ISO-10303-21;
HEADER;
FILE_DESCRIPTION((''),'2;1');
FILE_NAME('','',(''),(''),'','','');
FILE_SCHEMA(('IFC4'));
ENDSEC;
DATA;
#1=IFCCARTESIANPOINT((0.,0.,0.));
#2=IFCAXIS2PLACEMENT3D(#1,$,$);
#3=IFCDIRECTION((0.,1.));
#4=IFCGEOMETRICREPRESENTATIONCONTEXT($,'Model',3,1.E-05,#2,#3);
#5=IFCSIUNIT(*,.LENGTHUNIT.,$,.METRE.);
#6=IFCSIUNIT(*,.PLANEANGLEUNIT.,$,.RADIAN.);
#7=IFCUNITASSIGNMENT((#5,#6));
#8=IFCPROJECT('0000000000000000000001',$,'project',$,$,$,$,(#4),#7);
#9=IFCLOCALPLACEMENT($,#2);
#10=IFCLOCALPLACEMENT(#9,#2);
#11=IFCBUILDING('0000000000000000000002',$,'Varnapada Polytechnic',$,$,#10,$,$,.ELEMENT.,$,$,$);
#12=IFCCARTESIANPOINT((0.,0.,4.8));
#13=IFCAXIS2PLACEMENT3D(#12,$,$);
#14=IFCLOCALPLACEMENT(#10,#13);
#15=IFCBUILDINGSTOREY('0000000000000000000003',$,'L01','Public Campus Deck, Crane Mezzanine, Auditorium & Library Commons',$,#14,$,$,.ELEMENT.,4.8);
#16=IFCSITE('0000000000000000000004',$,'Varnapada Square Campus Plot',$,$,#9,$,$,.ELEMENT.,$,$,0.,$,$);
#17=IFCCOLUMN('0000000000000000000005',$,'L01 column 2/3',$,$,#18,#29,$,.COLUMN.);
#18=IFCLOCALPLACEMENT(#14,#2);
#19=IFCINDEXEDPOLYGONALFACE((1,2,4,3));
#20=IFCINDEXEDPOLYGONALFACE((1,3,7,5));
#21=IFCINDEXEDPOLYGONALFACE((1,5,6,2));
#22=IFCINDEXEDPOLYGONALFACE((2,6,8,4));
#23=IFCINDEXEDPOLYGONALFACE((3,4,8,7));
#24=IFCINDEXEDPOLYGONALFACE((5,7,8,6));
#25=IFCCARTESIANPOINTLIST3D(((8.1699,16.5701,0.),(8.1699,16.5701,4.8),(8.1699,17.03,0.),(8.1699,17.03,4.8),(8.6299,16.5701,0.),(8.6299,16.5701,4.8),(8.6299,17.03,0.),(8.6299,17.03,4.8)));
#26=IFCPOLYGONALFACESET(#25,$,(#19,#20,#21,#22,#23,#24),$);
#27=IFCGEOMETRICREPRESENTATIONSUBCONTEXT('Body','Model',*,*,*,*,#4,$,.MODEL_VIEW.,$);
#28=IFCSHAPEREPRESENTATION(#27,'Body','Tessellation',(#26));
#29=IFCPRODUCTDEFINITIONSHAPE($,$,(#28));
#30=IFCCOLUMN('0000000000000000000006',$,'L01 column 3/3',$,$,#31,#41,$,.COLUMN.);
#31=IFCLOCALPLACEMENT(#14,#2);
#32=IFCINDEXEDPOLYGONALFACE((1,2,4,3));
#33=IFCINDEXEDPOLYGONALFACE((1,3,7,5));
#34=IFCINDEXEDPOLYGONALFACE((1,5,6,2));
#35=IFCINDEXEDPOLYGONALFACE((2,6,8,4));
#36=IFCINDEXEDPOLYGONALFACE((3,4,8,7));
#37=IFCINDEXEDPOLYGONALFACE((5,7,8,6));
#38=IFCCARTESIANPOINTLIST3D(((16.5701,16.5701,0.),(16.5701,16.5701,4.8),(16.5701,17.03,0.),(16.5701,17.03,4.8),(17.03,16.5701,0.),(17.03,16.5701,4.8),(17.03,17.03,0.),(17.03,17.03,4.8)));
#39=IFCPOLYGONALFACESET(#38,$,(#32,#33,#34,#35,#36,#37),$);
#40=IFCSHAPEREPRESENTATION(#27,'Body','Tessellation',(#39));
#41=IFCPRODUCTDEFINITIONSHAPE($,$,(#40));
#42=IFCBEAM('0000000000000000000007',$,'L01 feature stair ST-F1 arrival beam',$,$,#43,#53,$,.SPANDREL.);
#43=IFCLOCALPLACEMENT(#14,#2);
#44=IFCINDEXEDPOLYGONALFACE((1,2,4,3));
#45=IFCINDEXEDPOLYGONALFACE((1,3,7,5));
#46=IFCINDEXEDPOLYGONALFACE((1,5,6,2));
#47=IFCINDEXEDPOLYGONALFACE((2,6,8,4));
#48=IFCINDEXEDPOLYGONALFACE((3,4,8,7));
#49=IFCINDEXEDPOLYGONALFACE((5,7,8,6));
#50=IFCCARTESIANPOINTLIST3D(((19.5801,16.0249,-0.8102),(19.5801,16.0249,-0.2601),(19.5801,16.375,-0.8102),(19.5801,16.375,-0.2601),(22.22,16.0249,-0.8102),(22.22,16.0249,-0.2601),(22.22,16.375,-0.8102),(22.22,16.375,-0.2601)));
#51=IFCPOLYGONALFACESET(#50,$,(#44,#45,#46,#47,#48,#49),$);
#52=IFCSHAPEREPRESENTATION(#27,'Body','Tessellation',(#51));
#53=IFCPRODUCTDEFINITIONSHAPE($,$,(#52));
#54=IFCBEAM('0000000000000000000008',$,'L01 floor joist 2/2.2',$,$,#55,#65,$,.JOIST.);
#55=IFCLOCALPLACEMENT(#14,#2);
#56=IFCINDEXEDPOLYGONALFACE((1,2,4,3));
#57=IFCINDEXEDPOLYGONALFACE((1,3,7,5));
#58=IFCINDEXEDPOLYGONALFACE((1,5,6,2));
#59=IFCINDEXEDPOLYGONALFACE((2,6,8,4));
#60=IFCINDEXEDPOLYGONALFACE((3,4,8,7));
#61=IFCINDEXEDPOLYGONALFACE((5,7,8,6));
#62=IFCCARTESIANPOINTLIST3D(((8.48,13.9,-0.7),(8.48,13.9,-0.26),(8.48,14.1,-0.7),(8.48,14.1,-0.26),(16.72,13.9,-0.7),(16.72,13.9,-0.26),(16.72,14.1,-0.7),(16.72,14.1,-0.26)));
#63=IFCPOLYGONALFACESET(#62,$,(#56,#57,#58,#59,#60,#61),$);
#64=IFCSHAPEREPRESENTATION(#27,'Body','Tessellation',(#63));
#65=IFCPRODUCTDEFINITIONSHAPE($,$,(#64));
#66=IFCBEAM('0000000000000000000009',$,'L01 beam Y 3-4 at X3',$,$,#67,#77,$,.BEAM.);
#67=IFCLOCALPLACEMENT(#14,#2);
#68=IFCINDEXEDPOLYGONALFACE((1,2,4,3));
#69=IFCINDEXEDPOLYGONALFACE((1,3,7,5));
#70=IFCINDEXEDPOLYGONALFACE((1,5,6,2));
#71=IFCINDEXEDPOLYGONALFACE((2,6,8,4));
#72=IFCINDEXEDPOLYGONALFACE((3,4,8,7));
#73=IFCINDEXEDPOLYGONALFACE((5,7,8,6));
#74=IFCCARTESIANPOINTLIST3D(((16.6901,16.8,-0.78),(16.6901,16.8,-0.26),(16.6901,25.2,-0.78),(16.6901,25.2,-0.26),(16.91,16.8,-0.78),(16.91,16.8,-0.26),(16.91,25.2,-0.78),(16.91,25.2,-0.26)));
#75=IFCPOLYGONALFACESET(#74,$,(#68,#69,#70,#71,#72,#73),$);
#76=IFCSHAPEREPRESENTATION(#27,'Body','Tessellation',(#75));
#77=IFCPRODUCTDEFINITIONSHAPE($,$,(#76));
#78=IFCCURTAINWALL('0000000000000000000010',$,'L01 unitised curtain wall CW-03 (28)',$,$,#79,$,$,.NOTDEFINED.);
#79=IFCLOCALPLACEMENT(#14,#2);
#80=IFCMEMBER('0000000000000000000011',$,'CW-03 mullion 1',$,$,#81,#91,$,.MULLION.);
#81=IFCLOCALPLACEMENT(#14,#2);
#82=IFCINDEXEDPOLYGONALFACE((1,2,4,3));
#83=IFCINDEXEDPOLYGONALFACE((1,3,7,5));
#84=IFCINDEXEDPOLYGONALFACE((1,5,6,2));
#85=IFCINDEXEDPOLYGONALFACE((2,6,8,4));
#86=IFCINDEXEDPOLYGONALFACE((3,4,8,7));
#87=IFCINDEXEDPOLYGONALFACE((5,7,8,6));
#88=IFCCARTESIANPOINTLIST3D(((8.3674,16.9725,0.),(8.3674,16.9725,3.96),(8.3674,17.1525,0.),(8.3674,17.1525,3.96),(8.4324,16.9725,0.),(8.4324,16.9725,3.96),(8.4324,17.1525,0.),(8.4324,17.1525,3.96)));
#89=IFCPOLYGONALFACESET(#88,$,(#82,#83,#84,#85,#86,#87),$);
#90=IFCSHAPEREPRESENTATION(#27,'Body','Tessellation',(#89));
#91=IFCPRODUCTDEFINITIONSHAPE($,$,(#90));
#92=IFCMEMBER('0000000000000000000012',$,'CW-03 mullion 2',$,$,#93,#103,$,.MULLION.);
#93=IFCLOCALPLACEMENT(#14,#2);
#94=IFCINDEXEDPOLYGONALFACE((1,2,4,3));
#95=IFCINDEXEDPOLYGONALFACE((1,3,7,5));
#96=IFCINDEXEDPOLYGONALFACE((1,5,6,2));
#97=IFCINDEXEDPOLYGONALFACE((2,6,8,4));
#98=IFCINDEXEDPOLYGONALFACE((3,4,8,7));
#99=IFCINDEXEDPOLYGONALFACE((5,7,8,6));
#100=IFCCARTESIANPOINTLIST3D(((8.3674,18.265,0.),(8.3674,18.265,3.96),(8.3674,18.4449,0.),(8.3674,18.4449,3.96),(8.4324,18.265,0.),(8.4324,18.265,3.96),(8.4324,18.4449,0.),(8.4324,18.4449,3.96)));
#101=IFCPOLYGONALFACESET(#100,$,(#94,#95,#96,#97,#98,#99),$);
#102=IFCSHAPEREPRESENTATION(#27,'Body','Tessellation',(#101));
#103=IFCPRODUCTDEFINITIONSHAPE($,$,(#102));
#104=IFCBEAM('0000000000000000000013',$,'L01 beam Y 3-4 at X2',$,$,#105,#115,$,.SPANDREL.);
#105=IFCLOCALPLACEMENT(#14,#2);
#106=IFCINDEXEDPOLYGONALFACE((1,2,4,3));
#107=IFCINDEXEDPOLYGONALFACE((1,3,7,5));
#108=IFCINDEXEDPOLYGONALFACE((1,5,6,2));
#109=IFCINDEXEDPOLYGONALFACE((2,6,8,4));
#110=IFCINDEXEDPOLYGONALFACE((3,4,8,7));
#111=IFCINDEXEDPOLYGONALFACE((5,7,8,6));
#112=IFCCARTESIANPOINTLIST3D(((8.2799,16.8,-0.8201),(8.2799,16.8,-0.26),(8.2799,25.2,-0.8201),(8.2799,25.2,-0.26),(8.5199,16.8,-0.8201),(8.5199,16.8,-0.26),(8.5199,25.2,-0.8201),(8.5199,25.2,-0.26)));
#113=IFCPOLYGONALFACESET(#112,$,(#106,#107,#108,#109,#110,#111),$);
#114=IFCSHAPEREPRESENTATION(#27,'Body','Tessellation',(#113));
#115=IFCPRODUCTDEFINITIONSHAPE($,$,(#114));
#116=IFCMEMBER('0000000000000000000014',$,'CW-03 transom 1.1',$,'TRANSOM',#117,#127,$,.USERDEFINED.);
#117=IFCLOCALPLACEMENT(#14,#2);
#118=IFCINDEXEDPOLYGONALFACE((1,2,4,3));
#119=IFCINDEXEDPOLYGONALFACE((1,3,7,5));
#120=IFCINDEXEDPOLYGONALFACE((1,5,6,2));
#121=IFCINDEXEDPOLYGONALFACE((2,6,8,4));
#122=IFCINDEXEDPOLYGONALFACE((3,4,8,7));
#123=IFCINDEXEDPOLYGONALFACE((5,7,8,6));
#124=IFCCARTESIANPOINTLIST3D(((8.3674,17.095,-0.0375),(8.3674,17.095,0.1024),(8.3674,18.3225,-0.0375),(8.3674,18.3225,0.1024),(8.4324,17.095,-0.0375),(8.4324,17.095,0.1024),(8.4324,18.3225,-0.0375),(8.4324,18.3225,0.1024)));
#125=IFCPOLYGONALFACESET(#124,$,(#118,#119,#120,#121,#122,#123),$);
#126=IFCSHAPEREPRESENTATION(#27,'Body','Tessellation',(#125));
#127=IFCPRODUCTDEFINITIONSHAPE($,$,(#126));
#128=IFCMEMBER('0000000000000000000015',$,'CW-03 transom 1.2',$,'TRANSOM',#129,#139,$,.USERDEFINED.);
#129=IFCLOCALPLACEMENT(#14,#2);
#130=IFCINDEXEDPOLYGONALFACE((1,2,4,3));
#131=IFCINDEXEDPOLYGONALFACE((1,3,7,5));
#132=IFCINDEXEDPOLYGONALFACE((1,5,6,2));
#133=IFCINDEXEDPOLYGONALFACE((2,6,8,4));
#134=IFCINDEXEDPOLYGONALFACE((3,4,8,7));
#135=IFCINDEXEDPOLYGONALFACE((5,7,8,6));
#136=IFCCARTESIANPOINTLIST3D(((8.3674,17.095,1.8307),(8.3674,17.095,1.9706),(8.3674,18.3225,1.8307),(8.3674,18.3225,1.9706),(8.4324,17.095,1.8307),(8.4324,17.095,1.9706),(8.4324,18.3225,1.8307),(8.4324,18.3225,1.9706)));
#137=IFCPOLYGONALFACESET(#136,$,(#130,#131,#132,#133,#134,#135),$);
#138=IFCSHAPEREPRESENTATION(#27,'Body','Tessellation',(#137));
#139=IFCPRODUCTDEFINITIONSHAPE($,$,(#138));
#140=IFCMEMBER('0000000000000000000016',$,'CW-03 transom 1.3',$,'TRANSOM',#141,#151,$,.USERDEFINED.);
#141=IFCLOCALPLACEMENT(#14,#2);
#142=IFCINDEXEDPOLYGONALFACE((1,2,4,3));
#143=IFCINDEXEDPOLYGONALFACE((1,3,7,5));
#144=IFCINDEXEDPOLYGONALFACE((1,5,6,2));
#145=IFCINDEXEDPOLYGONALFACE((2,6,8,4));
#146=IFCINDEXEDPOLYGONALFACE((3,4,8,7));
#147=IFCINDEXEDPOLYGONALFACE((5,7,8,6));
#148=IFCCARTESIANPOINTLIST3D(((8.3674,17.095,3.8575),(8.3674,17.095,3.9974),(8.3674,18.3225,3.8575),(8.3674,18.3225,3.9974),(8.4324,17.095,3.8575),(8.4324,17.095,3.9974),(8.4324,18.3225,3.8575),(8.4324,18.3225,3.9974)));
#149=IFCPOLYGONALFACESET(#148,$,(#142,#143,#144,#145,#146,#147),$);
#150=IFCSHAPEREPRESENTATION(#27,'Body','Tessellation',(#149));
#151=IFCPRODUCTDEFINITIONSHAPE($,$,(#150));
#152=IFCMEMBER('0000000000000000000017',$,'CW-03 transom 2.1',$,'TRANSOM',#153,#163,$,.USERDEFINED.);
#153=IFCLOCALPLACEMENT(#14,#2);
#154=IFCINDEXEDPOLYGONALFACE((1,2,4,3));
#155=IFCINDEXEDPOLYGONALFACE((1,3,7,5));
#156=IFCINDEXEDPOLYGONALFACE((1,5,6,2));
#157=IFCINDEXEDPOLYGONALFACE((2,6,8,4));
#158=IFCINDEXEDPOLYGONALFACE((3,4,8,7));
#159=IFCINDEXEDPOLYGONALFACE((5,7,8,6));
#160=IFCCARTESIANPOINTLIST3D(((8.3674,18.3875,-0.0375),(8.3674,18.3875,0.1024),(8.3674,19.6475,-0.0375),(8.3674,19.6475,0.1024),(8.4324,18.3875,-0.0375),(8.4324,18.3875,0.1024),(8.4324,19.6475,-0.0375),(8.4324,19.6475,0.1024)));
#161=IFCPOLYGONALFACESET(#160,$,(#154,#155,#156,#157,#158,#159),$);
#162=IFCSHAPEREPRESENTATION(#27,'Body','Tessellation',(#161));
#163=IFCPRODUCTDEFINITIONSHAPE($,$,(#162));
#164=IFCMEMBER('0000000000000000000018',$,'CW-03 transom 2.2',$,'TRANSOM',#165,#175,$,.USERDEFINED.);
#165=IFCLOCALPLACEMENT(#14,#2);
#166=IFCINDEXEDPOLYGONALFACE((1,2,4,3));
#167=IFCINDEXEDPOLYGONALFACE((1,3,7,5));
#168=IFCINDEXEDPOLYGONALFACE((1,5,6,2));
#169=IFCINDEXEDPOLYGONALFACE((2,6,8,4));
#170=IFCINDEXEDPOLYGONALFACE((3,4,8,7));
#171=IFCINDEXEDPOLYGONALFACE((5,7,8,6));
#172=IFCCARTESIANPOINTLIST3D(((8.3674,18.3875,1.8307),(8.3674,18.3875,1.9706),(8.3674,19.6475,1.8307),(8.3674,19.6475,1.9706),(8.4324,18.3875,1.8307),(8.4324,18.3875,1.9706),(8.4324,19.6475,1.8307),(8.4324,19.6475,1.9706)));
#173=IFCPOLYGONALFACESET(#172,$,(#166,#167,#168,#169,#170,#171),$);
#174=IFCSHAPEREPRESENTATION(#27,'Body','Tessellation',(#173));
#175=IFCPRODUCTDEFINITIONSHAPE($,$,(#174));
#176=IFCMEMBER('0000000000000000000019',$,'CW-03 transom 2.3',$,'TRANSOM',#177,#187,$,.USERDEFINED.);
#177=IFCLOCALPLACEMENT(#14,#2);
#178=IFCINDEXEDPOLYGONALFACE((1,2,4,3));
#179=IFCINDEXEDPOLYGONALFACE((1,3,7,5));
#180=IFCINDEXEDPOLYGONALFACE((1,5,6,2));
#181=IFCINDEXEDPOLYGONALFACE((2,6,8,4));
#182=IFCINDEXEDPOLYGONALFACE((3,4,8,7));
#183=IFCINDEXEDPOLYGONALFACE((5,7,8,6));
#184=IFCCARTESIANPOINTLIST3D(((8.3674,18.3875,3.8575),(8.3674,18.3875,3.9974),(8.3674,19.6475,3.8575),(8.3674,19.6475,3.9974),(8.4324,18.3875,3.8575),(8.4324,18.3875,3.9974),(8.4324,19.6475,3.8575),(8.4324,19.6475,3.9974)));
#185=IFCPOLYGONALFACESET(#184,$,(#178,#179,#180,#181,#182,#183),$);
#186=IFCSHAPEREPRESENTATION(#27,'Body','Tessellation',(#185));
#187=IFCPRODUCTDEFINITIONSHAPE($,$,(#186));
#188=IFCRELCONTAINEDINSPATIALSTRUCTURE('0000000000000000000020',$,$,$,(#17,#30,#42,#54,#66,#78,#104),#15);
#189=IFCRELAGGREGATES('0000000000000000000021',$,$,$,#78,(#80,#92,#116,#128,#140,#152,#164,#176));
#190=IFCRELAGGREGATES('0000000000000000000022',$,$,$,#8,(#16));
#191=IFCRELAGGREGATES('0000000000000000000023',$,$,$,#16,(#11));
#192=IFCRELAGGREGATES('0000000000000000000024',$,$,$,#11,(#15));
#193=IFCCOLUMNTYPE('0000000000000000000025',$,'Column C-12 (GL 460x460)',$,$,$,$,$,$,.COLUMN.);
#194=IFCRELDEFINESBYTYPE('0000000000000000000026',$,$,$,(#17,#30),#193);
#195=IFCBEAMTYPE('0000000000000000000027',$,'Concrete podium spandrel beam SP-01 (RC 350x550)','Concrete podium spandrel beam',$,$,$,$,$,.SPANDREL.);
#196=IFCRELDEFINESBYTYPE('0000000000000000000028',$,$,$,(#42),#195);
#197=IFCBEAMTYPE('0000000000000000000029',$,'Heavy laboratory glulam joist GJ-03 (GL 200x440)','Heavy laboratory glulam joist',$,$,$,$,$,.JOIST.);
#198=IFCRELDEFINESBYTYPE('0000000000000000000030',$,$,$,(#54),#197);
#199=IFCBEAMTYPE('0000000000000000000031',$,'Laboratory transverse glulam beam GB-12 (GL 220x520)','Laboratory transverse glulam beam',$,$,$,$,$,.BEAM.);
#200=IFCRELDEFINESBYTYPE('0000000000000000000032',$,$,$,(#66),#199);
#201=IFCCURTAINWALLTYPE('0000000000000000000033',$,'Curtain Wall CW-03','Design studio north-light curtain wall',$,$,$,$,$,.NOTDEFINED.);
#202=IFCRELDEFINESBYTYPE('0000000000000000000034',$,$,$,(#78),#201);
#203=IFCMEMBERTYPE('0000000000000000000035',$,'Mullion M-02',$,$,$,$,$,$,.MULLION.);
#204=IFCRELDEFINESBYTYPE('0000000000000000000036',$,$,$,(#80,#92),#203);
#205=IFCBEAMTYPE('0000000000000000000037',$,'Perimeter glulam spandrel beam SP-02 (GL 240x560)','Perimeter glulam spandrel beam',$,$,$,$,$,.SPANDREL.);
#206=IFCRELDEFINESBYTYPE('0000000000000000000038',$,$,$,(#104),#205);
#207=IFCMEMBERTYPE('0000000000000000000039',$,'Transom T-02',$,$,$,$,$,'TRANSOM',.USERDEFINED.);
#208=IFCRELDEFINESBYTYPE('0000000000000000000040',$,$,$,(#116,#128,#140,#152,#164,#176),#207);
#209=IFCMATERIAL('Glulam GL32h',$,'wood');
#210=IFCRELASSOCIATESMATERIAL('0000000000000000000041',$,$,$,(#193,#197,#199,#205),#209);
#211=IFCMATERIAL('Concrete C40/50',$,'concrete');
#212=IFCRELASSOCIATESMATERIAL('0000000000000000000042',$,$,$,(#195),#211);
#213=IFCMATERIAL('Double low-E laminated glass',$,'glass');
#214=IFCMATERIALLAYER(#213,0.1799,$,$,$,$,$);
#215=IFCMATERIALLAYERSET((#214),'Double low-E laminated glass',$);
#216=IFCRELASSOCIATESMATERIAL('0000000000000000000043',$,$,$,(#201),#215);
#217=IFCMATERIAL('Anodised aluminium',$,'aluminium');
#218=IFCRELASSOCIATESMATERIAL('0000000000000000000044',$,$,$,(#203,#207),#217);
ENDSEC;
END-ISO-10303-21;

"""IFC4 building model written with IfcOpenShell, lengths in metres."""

from ifc_helpers import new_model, si_unit, direction, frame, origin, origin_2d, place, context, subcontext, project, spatial, rectangle, extrude, material, layer, layer_set, material_profile, profile_set, type_object, element, aggregate, save


model = new_model("IFC4")

# Units and contexts
model_context = context("Model", 3, precision=1e-05, world=origin(), true_north=direction((0.0, 1.0)))
body_context = subcontext(model_context, "Body", "Model", "MODEL_VIEW")
ifc_project = project(units=[si_unit("LENGTHUNIT", "METRE"), si_unit("PLANEANGLEUNIT", "RADIAN")], contexts=[model_context])

# Site, building, storey
site_placement = place(None, origin())
site = spatial("IfcSite", under=ifc_project, at=site_placement, Name="Varnapada Square Campus Plot", CompositionType="ELEMENT", RefElevation=0.0)
building_placement = place(site_placement, origin())
building = spatial("IfcBuilding", under=site, at=building_placement, Name="Varnapada Polytechnic", CompositionType="ELEMENT")
storey_placement = place(building_placement, frame((0.0, 0.0, 4.8)))
storey = spatial("IfcBuildingStorey", under=building, at=storey_placement, Name="L01", Description="Public Campus Deck, Crane Mezzanine, Auditorium & Library Commons", CompositionType="ELEMENT", Elevation=4.8)

# Columns
ifc_material_1 = material(Name="Glulam GL32h", Category="wood")
ifc_material_profile_1 = material_profile(ifc_material_1, rectangle(XDim=0.46, YDim=0.46, at=origin_2d()), Name="GL 460x460")
ifc_profile_set_1 = profile_set([ifc_material_profile_1], Name="Glulam GL32h")
column_type = type_object("IfcColumnType", Name="Column C-12 (GL 460x460)", PredefinedType="COLUMN", material=ifc_profile_set_1)
for number, where, z_axis, x_axis, name in (
    (1, (8.3999, 16.8, 0.0), (0.0, 0.0, 1.0), (1.0, 0.0, 0.0), "L01 column 2/3"),
    (2, (16.8, 16.8, 0.0), (0.0, 0.0, 1.0), (1.0, 0.0, 0.0), "L01 column 3/3"),
):
    element("IfcColumn", number, at=place(storey_placement, frame(where, z_axis=z_axis, x_axis=x_axis)), inside=storey, type_object=column_type, Name=name, PredefinedType="COLUMN", context=body_context, shape_type="SweptSolid", body=[
        extrude(rectangle(XDim=0.46, YDim=0.46, at=origin_2d()), origin(), (0.0, 0.0, 1.0), 4.8),
    ])

# Beams
ifc_material_2 = material(Name="Concrete C40/50", Category="concrete")
ifc_material_profile_2 = material_profile(ifc_material_2, rectangle(XDim=0.3501, YDim=0.55, at=origin_2d()), Name="RC 350x550")
ifc_profile_set_2 = profile_set([ifc_material_profile_2], Name="Concrete C40/50")
beam_type_1 = type_object("IfcBeamType", Name="Concrete podium spandrel beam SP-01 (RC 350x550)", Description="Concrete podium spandrel beam", PredefinedType="SPANDREL", material=ifc_profile_set_2)
beam_1_placement = place(storey_placement, frame((19.5801, 16.2, -0.5352), z_axis=(1.0, 0.0, 0.0), x_axis=(0.0, 1.0, 0.0)))
element("IfcBeam", 3, at=beam_1_placement, inside=storey, type_object=beam_type_1, Name="L01 feature stair ST-F1 arrival beam", PredefinedType="SPANDREL", context=body_context, shape_type="SweptSolid", body=[
    extrude(rectangle(XDim=0.3501, YDim=0.55, at=origin_2d()), origin(), (0.0, 0.0, 1.0), 2.6399),
])
ifc_material_profile_3 = material_profile(ifc_material_1, rectangle(XDim=0.2, YDim=0.4399, at=origin_2d()), Name="GL 200x440")
ifc_profile_set_3 = profile_set([ifc_material_profile_3], Name="Glulam GL32h")
beam_type_2 = type_object("IfcBeamType", Name="Heavy laboratory glulam joist GJ-03 (GL 200x440)", Description="Heavy laboratory glulam joist", PredefinedType="JOIST", material=ifc_profile_set_3)
beam_2_placement = place(storey_placement, frame((8.48, 14.0, -0.48), z_axis=(1.0, 0.0, 0.0), x_axis=(0.0, 1.0, 0.0)))
element("IfcBeam", 4, at=beam_2_placement, inside=storey, type_object=beam_type_2, Name="L01 floor joist 2/2.2", PredefinedType="JOIST", context=body_context, shape_type="SweptSolid", body=[
    extrude(rectangle(XDim=0.2, YDim=0.4399, at=origin_2d()), origin(), (0.0, 0.0, 1.0), 8.24),
])
ifc_material_profile_4 = material_profile(ifc_material_1, rectangle(XDim=0.22, YDim=0.52, at=origin_2d()), Name="GL 220x520")
ifc_profile_set_4 = profile_set([ifc_material_profile_4], Name="Glulam GL32h")
beam_type_3 = type_object("IfcBeamType", Name="Laboratory transverse glulam beam GB-12 (GL 220x520)", Description="Laboratory transverse glulam beam", PredefinedType="BEAM", material=ifc_profile_set_4)
beam_3_placement = place(storey_placement, frame((16.8, 16.8, -0.52), z_axis=(0.0, 1.0, 0.0), x_axis=(-1.0, 0.0, 0.0)))
element("IfcBeam", 5, at=beam_3_placement, inside=storey, type_object=beam_type_3, Name="L01 beam Y 3-4 at X3", PredefinedType="BEAM", context=body_context, shape_type="SweptSolid", body=[
    extrude(rectangle(XDim=0.22, YDim=0.52, at=origin_2d()), origin(), (0.0, 0.0, 1.0), 8.3999),
])

# Curtain wall, members
ifc_material_3 = material(Name="Double low-E laminated glass", Category="glass")
ifc_layer_1 = layer(ifc_material_3, 0.1799)
ifc_layer_set_1 = layer_set([ifc_layer_1], Name="Double low-E laminated glass")
curtain_wall_type = type_object("IfcCurtainWallType", Name="Curtain Wall CW-03", Description="Design studio north-light curtain wall", PredefinedType="NOTDEFINED", material=ifc_layer_set_1)
curtain_wall_placement = place(storey_placement, origin())
curtain_wall = element("IfcCurtainWall", 6, at=curtain_wall_placement, inside=storey, type_object=curtain_wall_type, Name="L01 unitised curtain wall CW-03 (28)", PredefinedType="NOTDEFINED")
ifc_material_4 = material(Name="Anodised aluminium", Category="aluminium")
ifc_material_profile_5 = material_profile(ifc_material_4, rectangle(XDim=0.0649, YDim=0.1799, at=origin_2d()), Name="ALU M65x180")
ifc_profile_set_5 = profile_set([ifc_material_profile_5], Name="Anodised aluminium")
member_type_1 = type_object("IfcMemberType", Name="Mullion M-02", PredefinedType="MULLION", material=ifc_profile_set_5)
member_1_placement = place(storey_placement, frame((8.3999, 17.0625, 0.0), z_axis=(0.0, 0.0, 1.0), x_axis=(-1.0, 0.0, 0.0)))
member_1 = element("IfcMember", 7, at=member_1_placement, type_object=member_type_1, Name="CW-03 mullion 1", PredefinedType="MULLION", context=body_context, shape_type="SweptSolid", body=[
    extrude(rectangle(XDim=0.0649, YDim=0.1799, at=origin_2d()), origin(), (0.0, 0.0, 1.0), 3.96),
])
member_2_placement = place(storey_placement, frame((8.3999, 18.355, 0.0), z_axis=(0.0, 0.0, 1.0), x_axis=(-1.0, 0.0, 0.0)))
member_2 = element("IfcMember", 8, at=member_2_placement, type_object=member_type_1, Name="CW-03 mullion 2", PredefinedType="MULLION", context=body_context, shape_type="SweptSolid", body=[
    extrude(rectangle(XDim=0.0649, YDim=0.1799, at=origin_2d()), origin(), (0.0, 0.0, 1.0), 3.96),
])

# Beam
ifc_material_profile_6 = material_profile(ifc_material_1, rectangle(XDim=0.24, YDim=0.5601, at=origin_2d()), Name="GL 240x560")
ifc_profile_set_6 = profile_set([ifc_material_profile_6], Name="Glulam GL32h")
beam_type_4 = type_object("IfcBeamType", Name="Perimeter glulam spandrel beam SP-02 (GL 240x560)", Description="Perimeter glulam spandrel beam", PredefinedType="SPANDREL", material=ifc_profile_set_6)
beam_4_placement = place(storey_placement, frame((8.3999, 16.8, -0.54), z_axis=(0.0, 1.0, 0.0), x_axis=(-1.0, 0.0, 0.0)))
element("IfcBeam", 9, at=beam_4_placement, inside=storey, type_object=beam_type_4, Name="L01 beam Y 3-4 at X2", PredefinedType="SPANDREL", context=body_context, shape_type="SweptSolid", body=[
    extrude(rectangle(XDim=0.24, YDim=0.5601, at=origin_2d()), origin(), (0.0, 0.0, 1.0), 8.3999),
])

# Members
ifc_material_profile_7 = material_profile(ifc_material_4, rectangle(XDim=0.0649, YDim=0.1399, at=origin_2d()), Name="ALU T65x140")
ifc_profile_set_7 = profile_set([ifc_material_profile_7], Name="Anodised aluminium")
member_type_2 = type_object("IfcMemberType", Name="Transom T-02", ElementType="TRANSOM", PredefinedType="USERDEFINED", material=ifc_profile_set_7)
member_3_placement = place(storey_placement, frame((8.3999, 17.095, 0.0325), z_axis=(0.0, 1.0, 0.0), x_axis=(-1.0, 0.0, 0.0)))
member_3 = element("IfcMember", 10, at=member_3_placement, type_object=member_type_2, Name="CW-03 transom 1.1", ObjectType="TRANSOM", PredefinedType="USERDEFINED", context=body_context, shape_type="SweptSolid", body=[
    extrude(rectangle(XDim=0.0649, YDim=0.1399, at=origin_2d()), origin(), (0.0, 0.0, 1.0), 1.2275),
])
member_4_placement = place(storey_placement, frame((8.3999, 17.095, 1.9006), z_axis=(0.0, 1.0, 0.0), x_axis=(-1.0, 0.0, 0.0)))
member_4 = element("IfcMember", 11, at=member_4_placement, type_object=member_type_2, Name="CW-03 transom 1.2", ObjectType="TRANSOM", PredefinedType="USERDEFINED", context=body_context, shape_type="SweptSolid", body=[
    extrude(rectangle(XDim=0.0649, YDim=0.1399, at=origin_2d()), origin(), (0.0, 0.0, 1.0), 1.2275),
])
member_5_placement = place(storey_placement, frame((8.3999, 17.095, 3.9275), z_axis=(0.0, 1.0, 0.0), x_axis=(-1.0, 0.0, 0.0)))
member_5 = element("IfcMember", 12, at=member_5_placement, type_object=member_type_2, Name="CW-03 transom 1.3", ObjectType="TRANSOM", PredefinedType="USERDEFINED", context=body_context, shape_type="SweptSolid", body=[
    extrude(rectangle(XDim=0.0649, YDim=0.1399, at=origin_2d()), origin(), (0.0, 0.0, 1.0), 1.2275),
])
member_6_placement = place(storey_placement, frame((8.3999, 18.3875, 0.0325), z_axis=(0.0, 1.0, 0.0), x_axis=(-1.0, 0.0, 0.0)))
member_6 = element("IfcMember", 13, at=member_6_placement, type_object=member_type_2, Name="CW-03 transom 2.1", ObjectType="TRANSOM", PredefinedType="USERDEFINED", context=body_context, shape_type="SweptSolid", body=[
    extrude(rectangle(XDim=0.0649, YDim=0.1399, at=origin_2d()), origin(), (0.0, 0.0, 1.0), 1.26),
])
member_7_placement = place(storey_placement, frame((8.3999, 18.3875, 1.9006), z_axis=(0.0, 1.0, 0.0), x_axis=(-1.0, 0.0, 0.0)))
member_7 = element("IfcMember", 14, at=member_7_placement, type_object=member_type_2, Name="CW-03 transom 2.2", ObjectType="TRANSOM", PredefinedType="USERDEFINED", context=body_context, shape_type="SweptSolid", body=[
    extrude(rectangle(XDim=0.0649, YDim=0.1399, at=origin_2d()), origin(), (0.0, 0.0, 1.0), 1.26),
])
member_8_placement = place(storey_placement, frame((8.3999, 18.3875, 3.9275), z_axis=(0.0, 1.0, 0.0), x_axis=(-1.0, 0.0, 0.0)))
member_8 = element("IfcMember", 15, at=member_8_placement, type_object=member_type_2, Name="CW-03 transom 2.3", ObjectType="TRANSOM", PredefinedType="USERDEFINED", context=body_context, shape_type="SweptSolid", body=[
    extrude(rectangle(XDim=0.0649, YDim=0.1399, at=origin_2d()), origin(), (0.0, 0.0, 1.0), 1.26),
])

aggregate(curtain_wall, [member_1, member_2, member_3, member_4, member_5, member_6, member_7, member_8])

save(model, "model.ifc")
